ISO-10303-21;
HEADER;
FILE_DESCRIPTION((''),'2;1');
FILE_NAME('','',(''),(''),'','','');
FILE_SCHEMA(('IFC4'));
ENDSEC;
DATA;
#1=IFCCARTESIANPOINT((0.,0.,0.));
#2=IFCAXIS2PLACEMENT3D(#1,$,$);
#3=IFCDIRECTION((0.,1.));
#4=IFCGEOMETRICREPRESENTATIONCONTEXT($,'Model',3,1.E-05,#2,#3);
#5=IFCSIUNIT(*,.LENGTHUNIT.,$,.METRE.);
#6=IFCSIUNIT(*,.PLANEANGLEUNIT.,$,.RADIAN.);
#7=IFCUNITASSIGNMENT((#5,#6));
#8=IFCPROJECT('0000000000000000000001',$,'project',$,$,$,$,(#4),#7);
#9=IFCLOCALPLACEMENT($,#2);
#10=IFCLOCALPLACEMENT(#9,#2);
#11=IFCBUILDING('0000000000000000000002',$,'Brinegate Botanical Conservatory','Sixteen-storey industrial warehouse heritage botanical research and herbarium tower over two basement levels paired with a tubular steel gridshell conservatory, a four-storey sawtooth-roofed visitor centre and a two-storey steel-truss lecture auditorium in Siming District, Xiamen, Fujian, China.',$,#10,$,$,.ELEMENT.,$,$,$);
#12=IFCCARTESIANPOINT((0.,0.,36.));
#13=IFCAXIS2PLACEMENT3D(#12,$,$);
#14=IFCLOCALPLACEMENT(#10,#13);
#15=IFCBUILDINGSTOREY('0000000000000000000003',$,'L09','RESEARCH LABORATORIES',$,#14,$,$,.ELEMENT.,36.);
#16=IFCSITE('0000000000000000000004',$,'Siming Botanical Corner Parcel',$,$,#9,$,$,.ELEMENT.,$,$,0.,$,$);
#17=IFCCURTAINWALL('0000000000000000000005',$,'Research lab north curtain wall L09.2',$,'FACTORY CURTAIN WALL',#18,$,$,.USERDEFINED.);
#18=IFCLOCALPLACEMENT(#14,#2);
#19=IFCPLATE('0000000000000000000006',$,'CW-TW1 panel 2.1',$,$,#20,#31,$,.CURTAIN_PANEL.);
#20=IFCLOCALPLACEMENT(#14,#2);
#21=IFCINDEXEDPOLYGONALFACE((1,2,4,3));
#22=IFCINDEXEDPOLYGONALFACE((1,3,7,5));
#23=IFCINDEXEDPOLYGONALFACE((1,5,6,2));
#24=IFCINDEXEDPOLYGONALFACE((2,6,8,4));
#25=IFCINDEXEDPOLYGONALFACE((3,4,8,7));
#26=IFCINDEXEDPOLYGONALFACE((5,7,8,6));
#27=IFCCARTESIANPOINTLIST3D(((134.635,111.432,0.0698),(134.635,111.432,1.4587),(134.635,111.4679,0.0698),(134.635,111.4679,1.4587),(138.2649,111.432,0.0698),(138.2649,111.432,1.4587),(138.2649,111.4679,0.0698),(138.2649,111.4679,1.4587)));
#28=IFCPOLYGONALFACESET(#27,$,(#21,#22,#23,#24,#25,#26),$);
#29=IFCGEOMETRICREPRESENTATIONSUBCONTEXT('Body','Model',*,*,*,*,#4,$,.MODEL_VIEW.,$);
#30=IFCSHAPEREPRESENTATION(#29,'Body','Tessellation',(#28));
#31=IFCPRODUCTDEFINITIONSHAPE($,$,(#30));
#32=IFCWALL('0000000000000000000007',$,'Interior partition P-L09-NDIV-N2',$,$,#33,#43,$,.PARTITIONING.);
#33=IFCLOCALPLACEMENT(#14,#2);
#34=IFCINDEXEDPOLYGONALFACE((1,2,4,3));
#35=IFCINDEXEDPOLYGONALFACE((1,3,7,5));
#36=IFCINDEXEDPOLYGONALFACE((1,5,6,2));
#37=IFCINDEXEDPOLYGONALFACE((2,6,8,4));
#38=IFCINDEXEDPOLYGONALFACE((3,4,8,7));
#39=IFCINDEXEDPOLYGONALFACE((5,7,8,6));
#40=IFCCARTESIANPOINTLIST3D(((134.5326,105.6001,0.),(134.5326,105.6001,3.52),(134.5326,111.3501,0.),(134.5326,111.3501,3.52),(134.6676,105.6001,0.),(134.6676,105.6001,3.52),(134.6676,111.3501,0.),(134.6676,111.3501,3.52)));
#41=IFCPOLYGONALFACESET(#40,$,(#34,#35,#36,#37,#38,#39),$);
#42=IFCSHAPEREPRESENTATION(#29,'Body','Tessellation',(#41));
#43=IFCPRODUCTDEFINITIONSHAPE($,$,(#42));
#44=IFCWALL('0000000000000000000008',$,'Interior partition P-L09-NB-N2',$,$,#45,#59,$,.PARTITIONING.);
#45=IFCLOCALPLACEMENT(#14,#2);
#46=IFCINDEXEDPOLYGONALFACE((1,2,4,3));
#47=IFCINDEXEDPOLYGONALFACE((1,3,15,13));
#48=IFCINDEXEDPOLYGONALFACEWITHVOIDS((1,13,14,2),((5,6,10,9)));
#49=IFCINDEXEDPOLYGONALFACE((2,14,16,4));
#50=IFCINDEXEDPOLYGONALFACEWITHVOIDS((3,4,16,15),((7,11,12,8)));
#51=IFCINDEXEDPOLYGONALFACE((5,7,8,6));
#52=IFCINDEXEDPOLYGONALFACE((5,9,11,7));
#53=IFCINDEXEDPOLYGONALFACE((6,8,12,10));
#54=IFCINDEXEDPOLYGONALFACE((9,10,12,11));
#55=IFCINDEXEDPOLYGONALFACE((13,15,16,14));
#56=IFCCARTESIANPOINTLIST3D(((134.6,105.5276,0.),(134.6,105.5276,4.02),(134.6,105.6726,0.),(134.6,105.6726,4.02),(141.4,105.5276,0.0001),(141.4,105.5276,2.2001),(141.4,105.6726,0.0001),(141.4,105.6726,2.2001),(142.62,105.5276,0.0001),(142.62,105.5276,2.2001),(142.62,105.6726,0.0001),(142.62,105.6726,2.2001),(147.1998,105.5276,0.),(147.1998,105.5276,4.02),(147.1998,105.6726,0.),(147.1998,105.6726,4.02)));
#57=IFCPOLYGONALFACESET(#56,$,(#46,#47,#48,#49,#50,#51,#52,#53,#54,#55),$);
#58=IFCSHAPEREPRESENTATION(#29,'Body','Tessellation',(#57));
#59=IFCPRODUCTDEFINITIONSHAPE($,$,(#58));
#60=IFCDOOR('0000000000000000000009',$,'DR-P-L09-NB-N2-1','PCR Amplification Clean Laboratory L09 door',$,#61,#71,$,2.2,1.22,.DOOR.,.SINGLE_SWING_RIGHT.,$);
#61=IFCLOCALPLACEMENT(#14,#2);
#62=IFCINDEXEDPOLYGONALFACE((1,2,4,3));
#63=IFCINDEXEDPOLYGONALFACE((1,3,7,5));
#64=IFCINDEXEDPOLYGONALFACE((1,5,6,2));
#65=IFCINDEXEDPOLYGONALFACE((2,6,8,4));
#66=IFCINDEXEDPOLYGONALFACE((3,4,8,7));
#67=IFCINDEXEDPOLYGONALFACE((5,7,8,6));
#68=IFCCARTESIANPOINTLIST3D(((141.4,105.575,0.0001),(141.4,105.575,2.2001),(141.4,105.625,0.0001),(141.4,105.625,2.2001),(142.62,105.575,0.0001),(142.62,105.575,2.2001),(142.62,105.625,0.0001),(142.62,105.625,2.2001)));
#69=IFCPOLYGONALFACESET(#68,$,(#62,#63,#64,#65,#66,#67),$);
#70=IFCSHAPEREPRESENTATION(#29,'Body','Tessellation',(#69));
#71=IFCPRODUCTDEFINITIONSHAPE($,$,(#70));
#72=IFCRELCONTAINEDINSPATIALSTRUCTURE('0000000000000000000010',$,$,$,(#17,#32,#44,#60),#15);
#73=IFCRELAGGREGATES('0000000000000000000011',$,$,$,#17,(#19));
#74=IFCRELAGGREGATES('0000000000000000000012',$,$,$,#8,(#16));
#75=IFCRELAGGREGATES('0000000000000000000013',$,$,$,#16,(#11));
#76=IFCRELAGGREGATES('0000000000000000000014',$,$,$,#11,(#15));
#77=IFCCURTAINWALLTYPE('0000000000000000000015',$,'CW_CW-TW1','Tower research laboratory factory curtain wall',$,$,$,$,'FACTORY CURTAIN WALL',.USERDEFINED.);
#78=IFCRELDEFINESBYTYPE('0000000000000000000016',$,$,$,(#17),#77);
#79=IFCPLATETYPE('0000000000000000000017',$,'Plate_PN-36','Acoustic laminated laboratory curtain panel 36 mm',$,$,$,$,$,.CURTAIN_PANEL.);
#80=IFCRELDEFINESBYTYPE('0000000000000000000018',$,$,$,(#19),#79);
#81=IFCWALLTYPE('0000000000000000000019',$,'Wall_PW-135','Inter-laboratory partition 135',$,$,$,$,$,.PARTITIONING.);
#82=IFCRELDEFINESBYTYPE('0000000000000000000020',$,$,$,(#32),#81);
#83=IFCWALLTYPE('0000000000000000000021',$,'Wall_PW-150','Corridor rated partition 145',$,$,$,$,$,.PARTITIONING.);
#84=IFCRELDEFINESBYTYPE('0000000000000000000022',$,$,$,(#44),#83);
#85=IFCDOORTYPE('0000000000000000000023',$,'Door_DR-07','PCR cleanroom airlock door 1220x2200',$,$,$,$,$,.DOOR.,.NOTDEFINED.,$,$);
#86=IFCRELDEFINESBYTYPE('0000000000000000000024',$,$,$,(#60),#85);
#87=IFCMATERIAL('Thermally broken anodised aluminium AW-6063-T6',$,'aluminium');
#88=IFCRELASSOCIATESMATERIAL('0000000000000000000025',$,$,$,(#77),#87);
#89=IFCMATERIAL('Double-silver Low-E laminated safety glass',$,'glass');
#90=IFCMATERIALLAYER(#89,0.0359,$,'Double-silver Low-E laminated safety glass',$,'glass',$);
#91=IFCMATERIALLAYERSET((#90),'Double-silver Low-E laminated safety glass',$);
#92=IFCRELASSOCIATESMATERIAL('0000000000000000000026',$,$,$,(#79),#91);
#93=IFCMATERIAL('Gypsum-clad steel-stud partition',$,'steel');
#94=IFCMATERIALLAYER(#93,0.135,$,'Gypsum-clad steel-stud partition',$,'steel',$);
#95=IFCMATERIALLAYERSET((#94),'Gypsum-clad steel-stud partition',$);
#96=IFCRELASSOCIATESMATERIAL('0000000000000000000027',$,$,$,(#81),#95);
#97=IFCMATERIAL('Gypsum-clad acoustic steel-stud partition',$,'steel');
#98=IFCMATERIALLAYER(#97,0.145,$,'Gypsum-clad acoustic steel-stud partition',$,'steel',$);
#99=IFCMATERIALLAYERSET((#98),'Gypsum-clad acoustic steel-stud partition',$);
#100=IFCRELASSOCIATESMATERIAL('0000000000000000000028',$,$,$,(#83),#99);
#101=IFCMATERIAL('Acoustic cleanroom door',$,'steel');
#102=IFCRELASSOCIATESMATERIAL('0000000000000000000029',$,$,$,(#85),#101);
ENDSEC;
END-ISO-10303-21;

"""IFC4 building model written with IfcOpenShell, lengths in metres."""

from ifc_helpers import new_model, si_unit, direction, frame, frame_2d, origin, origin_2d, place, context, subcontext, project, spatial, rectangle, extrude, material, layer, layer_set, type_object, element, fill, aggregate, save


model = new_model("IFC4")

# Units and contexts
model_context = context("Model", 3, precision=1e-05, world=origin(), true_north=direction((0.0, 1.0)))
body_context = subcontext(model_context, "Body", "Model", "MODEL_VIEW")
ifc_project = project(units=[si_unit("LENGTHUNIT", "METRE"), si_unit("PLANEANGLEUNIT", "RADIAN")], contexts=[model_context])

# Site, building, storey
site_placement = place(None, origin())
site = spatial("IfcSite", under=ifc_project, at=site_placement, Name="Siming Botanical Corner Parcel", CompositionType="ELEMENT", RefElevation=0.0)
building_placement = place(site_placement, origin())
building = spatial("IfcBuilding", under=site, at=building_placement, Name="Brinegate Botanical Conservatory", Description="Sixteen-storey industrial warehouse heritage botanical research and herbarium tower over two basement levels paired with a tubular steel gridshell conservatory, a four-storey sawtooth-roofed visitor centre and a two-storey steel-truss lecture auditorium in Siming District, Xiamen, Fujian, China.", CompositionType="ELEMENT")
storey_placement = place(building_placement, frame((0.0, 0.0, 36.0)))
storey = spatial("IfcBuildingStorey", under=building, at=storey_placement, Name="L09", Description="RESEARCH LABORATORIES", CompositionType="ELEMENT", Elevation=36.0)

# Curtain wall, plate
ifc_material_1 = material(Name="Thermally broken anodised aluminium AW-6063-T6", Category="aluminium")
curtain_wall_type = type_object("IfcCurtainWallType", Name="CW_CW-TW1", Description="Tower research laboratory factory curtain wall", ElementType="FACTORY CURTAIN WALL", PredefinedType="USERDEFINED", material=ifc_material_1)
curtain_wall_placement = place(storey_placement, origin())
curtain_wall = element("IfcCurtainWall", 1, at=curtain_wall_placement, inside=storey, type_object=curtain_wall_type, Name="Research lab north curtain wall L09.2", ObjectType="FACTORY CURTAIN WALL", PredefinedType="USERDEFINED")
ifc_material_2 = material(Name="Double-silver Low-E laminated safety glass", Category="glass")
ifc_layer_1 = layer(ifc_material_2, 0.0359, Name="Double-silver Low-E laminated safety glass", Category="glass")
ifc_layer_set_1 = layer_set([ifc_layer_1], Name="Double-silver Low-E laminated safety glass")
plate_type = type_object("IfcPlateType", Name="Plate_PN-36", Description="Acoustic laminated laboratory curtain panel 36 mm", PredefinedType="CURTAIN_PANEL", material=ifc_layer_set_1)
plate_1_placement = place(storey_placement, frame((136.45, 111.45, 0.0698), z_axis=(0.0, 0.0, 1.0), x_axis=(1.0, 0.0, 0.0)))
plate_1 = element("IfcPlate", 2, at=plate_1_placement, type_object=plate_type, Name="CW-TW1 panel 2.1", PredefinedType="CURTAIN_PANEL", context=body_context, shape_type="SweptSolid", body=[
    extrude(rectangle(XDim=3.6299, YDim=0.0359, at=origin_2d()), origin(), (0.0, 0.0, 1.0), 1.3889),
])
aggregate(curtain_wall, [plate_1])

# Wall
ifc_material_3 = material(Name="Gypsum-clad steel-stud partition", Category="steel")
ifc_layer_2 = layer(ifc_material_3, 0.135, Name="Gypsum-clad steel-stud partition", Category="steel")
ifc_layer_set_2 = layer_set([ifc_layer_2], Name="Gypsum-clad steel-stud partition")
wall_type_1 = type_object("IfcWallType", Name="Wall_PW-135", Description="Inter-laboratory partition 135", PredefinedType="PARTITIONING", material=ifc_layer_set_2)
wall_1_placement = place(storey_placement, frame((134.6001, 105.6001, 0.0), z_axis=(0.0, 0.0, 1.0), x_axis=(0.0, 1.0, 0.0)))
element("IfcWall", 3, at=wall_1_placement, inside=storey, type_object=wall_type_1, Name="Interior partition P-L09-NDIV-N2", PredefinedType="PARTITIONING", context=body_context, shape_type="SweptSolid", body=[
    extrude(rectangle(XDim=5.75, YDim=0.135, at=frame_2d((2.875, 0.0))), origin(), (0.0, 0.0, 1.0), 3.52),
])

# Wall, opening, door
ifc_material_4 = material(Name="Gypsum-clad acoustic steel-stud partition", Category="steel")
ifc_layer_3 = layer(ifc_material_4, 0.145, Name="Gypsum-clad acoustic steel-stud partition", Category="steel")
ifc_layer_set_3 = layer_set([ifc_layer_3], Name="Gypsum-clad acoustic steel-stud partition")
wall_type_2 = type_object("IfcWallType", Name="Wall_PW-150", Description="Corridor rated partition 145", PredefinedType="PARTITIONING", material=ifc_layer_set_3)
wall_2_placement = place(storey_placement, frame((134.6001, 105.6001, 0.0), z_axis=(0.0, 0.0, 1.0), x_axis=(1.0, 0.0, 0.0)))
wall_2 = element("IfcWall", 4, at=wall_2_placement, inside=storey, type_object=wall_type_2, Name="Interior partition P-L09-NB-N2", PredefinedType="PARTITIONING", context=body_context, shape_type="SweptSolid", body=[
    extrude(rectangle(XDim=12.5999, YDim=0.145, at=frame_2d((6.2998, 0.0))), origin(), (0.0, 0.0, 1.0), 4.02),
])
opening_placement = place(wall_2_placement, frame((6.8, 0.0, 0.0)))
opening = element("IfcOpeningElement", 5, at=opening_placement, cuts=wall_2, PredefinedType="OPENING", context=body_context, shape_type="SweptSolid", body=[
    extrude(rectangle(XDim=1.22, YDim=2.2, at=frame_2d((0.6099, 1.1001))), frame((0.0, 0.0825, 0.0), z_axis=(0.0, -1.0, 0.0), x_axis=(1.0, 0.0, 0.0)), (0.0, 0.0, 1.0), 0.165),
])
ifc_material_5 = material(Name="Acoustic cleanroom door", Category="steel")
door_type = type_object("IfcDoorType", Name="Door_DR-07", Description="PCR cleanroom airlock door 1220x2200", OperationType="NOTDEFINED", PredefinedType="DOOR", material=ifc_material_5)
door_placement = place(opening_placement, origin())
door = element("IfcDoor", 6, at=door_placement, inside=storey, type_object=door_type, Name="DR-P-L09-NB-N2-1", Description="PCR Amplification Clean Laboratory L09 door", OperationType="SINGLE_SWING_RIGHT", OverallHeight=2.2, OverallWidth=1.22, PredefinedType="DOOR", context=body_context, shape_type="SweptSolid", body=[
    extrude(rectangle(XDim=1.22, YDim=2.2, at=frame_2d((0.6099, 1.1001))), frame((0.0, 0.0249, 0.0), z_axis=(0.0, -1.0, 0.0), x_axis=(1.0, 0.0, 0.0)), (0.0, 0.0, 1.0), 0.05),
])
fill(opening, door)

save(model, "model.ifc")
